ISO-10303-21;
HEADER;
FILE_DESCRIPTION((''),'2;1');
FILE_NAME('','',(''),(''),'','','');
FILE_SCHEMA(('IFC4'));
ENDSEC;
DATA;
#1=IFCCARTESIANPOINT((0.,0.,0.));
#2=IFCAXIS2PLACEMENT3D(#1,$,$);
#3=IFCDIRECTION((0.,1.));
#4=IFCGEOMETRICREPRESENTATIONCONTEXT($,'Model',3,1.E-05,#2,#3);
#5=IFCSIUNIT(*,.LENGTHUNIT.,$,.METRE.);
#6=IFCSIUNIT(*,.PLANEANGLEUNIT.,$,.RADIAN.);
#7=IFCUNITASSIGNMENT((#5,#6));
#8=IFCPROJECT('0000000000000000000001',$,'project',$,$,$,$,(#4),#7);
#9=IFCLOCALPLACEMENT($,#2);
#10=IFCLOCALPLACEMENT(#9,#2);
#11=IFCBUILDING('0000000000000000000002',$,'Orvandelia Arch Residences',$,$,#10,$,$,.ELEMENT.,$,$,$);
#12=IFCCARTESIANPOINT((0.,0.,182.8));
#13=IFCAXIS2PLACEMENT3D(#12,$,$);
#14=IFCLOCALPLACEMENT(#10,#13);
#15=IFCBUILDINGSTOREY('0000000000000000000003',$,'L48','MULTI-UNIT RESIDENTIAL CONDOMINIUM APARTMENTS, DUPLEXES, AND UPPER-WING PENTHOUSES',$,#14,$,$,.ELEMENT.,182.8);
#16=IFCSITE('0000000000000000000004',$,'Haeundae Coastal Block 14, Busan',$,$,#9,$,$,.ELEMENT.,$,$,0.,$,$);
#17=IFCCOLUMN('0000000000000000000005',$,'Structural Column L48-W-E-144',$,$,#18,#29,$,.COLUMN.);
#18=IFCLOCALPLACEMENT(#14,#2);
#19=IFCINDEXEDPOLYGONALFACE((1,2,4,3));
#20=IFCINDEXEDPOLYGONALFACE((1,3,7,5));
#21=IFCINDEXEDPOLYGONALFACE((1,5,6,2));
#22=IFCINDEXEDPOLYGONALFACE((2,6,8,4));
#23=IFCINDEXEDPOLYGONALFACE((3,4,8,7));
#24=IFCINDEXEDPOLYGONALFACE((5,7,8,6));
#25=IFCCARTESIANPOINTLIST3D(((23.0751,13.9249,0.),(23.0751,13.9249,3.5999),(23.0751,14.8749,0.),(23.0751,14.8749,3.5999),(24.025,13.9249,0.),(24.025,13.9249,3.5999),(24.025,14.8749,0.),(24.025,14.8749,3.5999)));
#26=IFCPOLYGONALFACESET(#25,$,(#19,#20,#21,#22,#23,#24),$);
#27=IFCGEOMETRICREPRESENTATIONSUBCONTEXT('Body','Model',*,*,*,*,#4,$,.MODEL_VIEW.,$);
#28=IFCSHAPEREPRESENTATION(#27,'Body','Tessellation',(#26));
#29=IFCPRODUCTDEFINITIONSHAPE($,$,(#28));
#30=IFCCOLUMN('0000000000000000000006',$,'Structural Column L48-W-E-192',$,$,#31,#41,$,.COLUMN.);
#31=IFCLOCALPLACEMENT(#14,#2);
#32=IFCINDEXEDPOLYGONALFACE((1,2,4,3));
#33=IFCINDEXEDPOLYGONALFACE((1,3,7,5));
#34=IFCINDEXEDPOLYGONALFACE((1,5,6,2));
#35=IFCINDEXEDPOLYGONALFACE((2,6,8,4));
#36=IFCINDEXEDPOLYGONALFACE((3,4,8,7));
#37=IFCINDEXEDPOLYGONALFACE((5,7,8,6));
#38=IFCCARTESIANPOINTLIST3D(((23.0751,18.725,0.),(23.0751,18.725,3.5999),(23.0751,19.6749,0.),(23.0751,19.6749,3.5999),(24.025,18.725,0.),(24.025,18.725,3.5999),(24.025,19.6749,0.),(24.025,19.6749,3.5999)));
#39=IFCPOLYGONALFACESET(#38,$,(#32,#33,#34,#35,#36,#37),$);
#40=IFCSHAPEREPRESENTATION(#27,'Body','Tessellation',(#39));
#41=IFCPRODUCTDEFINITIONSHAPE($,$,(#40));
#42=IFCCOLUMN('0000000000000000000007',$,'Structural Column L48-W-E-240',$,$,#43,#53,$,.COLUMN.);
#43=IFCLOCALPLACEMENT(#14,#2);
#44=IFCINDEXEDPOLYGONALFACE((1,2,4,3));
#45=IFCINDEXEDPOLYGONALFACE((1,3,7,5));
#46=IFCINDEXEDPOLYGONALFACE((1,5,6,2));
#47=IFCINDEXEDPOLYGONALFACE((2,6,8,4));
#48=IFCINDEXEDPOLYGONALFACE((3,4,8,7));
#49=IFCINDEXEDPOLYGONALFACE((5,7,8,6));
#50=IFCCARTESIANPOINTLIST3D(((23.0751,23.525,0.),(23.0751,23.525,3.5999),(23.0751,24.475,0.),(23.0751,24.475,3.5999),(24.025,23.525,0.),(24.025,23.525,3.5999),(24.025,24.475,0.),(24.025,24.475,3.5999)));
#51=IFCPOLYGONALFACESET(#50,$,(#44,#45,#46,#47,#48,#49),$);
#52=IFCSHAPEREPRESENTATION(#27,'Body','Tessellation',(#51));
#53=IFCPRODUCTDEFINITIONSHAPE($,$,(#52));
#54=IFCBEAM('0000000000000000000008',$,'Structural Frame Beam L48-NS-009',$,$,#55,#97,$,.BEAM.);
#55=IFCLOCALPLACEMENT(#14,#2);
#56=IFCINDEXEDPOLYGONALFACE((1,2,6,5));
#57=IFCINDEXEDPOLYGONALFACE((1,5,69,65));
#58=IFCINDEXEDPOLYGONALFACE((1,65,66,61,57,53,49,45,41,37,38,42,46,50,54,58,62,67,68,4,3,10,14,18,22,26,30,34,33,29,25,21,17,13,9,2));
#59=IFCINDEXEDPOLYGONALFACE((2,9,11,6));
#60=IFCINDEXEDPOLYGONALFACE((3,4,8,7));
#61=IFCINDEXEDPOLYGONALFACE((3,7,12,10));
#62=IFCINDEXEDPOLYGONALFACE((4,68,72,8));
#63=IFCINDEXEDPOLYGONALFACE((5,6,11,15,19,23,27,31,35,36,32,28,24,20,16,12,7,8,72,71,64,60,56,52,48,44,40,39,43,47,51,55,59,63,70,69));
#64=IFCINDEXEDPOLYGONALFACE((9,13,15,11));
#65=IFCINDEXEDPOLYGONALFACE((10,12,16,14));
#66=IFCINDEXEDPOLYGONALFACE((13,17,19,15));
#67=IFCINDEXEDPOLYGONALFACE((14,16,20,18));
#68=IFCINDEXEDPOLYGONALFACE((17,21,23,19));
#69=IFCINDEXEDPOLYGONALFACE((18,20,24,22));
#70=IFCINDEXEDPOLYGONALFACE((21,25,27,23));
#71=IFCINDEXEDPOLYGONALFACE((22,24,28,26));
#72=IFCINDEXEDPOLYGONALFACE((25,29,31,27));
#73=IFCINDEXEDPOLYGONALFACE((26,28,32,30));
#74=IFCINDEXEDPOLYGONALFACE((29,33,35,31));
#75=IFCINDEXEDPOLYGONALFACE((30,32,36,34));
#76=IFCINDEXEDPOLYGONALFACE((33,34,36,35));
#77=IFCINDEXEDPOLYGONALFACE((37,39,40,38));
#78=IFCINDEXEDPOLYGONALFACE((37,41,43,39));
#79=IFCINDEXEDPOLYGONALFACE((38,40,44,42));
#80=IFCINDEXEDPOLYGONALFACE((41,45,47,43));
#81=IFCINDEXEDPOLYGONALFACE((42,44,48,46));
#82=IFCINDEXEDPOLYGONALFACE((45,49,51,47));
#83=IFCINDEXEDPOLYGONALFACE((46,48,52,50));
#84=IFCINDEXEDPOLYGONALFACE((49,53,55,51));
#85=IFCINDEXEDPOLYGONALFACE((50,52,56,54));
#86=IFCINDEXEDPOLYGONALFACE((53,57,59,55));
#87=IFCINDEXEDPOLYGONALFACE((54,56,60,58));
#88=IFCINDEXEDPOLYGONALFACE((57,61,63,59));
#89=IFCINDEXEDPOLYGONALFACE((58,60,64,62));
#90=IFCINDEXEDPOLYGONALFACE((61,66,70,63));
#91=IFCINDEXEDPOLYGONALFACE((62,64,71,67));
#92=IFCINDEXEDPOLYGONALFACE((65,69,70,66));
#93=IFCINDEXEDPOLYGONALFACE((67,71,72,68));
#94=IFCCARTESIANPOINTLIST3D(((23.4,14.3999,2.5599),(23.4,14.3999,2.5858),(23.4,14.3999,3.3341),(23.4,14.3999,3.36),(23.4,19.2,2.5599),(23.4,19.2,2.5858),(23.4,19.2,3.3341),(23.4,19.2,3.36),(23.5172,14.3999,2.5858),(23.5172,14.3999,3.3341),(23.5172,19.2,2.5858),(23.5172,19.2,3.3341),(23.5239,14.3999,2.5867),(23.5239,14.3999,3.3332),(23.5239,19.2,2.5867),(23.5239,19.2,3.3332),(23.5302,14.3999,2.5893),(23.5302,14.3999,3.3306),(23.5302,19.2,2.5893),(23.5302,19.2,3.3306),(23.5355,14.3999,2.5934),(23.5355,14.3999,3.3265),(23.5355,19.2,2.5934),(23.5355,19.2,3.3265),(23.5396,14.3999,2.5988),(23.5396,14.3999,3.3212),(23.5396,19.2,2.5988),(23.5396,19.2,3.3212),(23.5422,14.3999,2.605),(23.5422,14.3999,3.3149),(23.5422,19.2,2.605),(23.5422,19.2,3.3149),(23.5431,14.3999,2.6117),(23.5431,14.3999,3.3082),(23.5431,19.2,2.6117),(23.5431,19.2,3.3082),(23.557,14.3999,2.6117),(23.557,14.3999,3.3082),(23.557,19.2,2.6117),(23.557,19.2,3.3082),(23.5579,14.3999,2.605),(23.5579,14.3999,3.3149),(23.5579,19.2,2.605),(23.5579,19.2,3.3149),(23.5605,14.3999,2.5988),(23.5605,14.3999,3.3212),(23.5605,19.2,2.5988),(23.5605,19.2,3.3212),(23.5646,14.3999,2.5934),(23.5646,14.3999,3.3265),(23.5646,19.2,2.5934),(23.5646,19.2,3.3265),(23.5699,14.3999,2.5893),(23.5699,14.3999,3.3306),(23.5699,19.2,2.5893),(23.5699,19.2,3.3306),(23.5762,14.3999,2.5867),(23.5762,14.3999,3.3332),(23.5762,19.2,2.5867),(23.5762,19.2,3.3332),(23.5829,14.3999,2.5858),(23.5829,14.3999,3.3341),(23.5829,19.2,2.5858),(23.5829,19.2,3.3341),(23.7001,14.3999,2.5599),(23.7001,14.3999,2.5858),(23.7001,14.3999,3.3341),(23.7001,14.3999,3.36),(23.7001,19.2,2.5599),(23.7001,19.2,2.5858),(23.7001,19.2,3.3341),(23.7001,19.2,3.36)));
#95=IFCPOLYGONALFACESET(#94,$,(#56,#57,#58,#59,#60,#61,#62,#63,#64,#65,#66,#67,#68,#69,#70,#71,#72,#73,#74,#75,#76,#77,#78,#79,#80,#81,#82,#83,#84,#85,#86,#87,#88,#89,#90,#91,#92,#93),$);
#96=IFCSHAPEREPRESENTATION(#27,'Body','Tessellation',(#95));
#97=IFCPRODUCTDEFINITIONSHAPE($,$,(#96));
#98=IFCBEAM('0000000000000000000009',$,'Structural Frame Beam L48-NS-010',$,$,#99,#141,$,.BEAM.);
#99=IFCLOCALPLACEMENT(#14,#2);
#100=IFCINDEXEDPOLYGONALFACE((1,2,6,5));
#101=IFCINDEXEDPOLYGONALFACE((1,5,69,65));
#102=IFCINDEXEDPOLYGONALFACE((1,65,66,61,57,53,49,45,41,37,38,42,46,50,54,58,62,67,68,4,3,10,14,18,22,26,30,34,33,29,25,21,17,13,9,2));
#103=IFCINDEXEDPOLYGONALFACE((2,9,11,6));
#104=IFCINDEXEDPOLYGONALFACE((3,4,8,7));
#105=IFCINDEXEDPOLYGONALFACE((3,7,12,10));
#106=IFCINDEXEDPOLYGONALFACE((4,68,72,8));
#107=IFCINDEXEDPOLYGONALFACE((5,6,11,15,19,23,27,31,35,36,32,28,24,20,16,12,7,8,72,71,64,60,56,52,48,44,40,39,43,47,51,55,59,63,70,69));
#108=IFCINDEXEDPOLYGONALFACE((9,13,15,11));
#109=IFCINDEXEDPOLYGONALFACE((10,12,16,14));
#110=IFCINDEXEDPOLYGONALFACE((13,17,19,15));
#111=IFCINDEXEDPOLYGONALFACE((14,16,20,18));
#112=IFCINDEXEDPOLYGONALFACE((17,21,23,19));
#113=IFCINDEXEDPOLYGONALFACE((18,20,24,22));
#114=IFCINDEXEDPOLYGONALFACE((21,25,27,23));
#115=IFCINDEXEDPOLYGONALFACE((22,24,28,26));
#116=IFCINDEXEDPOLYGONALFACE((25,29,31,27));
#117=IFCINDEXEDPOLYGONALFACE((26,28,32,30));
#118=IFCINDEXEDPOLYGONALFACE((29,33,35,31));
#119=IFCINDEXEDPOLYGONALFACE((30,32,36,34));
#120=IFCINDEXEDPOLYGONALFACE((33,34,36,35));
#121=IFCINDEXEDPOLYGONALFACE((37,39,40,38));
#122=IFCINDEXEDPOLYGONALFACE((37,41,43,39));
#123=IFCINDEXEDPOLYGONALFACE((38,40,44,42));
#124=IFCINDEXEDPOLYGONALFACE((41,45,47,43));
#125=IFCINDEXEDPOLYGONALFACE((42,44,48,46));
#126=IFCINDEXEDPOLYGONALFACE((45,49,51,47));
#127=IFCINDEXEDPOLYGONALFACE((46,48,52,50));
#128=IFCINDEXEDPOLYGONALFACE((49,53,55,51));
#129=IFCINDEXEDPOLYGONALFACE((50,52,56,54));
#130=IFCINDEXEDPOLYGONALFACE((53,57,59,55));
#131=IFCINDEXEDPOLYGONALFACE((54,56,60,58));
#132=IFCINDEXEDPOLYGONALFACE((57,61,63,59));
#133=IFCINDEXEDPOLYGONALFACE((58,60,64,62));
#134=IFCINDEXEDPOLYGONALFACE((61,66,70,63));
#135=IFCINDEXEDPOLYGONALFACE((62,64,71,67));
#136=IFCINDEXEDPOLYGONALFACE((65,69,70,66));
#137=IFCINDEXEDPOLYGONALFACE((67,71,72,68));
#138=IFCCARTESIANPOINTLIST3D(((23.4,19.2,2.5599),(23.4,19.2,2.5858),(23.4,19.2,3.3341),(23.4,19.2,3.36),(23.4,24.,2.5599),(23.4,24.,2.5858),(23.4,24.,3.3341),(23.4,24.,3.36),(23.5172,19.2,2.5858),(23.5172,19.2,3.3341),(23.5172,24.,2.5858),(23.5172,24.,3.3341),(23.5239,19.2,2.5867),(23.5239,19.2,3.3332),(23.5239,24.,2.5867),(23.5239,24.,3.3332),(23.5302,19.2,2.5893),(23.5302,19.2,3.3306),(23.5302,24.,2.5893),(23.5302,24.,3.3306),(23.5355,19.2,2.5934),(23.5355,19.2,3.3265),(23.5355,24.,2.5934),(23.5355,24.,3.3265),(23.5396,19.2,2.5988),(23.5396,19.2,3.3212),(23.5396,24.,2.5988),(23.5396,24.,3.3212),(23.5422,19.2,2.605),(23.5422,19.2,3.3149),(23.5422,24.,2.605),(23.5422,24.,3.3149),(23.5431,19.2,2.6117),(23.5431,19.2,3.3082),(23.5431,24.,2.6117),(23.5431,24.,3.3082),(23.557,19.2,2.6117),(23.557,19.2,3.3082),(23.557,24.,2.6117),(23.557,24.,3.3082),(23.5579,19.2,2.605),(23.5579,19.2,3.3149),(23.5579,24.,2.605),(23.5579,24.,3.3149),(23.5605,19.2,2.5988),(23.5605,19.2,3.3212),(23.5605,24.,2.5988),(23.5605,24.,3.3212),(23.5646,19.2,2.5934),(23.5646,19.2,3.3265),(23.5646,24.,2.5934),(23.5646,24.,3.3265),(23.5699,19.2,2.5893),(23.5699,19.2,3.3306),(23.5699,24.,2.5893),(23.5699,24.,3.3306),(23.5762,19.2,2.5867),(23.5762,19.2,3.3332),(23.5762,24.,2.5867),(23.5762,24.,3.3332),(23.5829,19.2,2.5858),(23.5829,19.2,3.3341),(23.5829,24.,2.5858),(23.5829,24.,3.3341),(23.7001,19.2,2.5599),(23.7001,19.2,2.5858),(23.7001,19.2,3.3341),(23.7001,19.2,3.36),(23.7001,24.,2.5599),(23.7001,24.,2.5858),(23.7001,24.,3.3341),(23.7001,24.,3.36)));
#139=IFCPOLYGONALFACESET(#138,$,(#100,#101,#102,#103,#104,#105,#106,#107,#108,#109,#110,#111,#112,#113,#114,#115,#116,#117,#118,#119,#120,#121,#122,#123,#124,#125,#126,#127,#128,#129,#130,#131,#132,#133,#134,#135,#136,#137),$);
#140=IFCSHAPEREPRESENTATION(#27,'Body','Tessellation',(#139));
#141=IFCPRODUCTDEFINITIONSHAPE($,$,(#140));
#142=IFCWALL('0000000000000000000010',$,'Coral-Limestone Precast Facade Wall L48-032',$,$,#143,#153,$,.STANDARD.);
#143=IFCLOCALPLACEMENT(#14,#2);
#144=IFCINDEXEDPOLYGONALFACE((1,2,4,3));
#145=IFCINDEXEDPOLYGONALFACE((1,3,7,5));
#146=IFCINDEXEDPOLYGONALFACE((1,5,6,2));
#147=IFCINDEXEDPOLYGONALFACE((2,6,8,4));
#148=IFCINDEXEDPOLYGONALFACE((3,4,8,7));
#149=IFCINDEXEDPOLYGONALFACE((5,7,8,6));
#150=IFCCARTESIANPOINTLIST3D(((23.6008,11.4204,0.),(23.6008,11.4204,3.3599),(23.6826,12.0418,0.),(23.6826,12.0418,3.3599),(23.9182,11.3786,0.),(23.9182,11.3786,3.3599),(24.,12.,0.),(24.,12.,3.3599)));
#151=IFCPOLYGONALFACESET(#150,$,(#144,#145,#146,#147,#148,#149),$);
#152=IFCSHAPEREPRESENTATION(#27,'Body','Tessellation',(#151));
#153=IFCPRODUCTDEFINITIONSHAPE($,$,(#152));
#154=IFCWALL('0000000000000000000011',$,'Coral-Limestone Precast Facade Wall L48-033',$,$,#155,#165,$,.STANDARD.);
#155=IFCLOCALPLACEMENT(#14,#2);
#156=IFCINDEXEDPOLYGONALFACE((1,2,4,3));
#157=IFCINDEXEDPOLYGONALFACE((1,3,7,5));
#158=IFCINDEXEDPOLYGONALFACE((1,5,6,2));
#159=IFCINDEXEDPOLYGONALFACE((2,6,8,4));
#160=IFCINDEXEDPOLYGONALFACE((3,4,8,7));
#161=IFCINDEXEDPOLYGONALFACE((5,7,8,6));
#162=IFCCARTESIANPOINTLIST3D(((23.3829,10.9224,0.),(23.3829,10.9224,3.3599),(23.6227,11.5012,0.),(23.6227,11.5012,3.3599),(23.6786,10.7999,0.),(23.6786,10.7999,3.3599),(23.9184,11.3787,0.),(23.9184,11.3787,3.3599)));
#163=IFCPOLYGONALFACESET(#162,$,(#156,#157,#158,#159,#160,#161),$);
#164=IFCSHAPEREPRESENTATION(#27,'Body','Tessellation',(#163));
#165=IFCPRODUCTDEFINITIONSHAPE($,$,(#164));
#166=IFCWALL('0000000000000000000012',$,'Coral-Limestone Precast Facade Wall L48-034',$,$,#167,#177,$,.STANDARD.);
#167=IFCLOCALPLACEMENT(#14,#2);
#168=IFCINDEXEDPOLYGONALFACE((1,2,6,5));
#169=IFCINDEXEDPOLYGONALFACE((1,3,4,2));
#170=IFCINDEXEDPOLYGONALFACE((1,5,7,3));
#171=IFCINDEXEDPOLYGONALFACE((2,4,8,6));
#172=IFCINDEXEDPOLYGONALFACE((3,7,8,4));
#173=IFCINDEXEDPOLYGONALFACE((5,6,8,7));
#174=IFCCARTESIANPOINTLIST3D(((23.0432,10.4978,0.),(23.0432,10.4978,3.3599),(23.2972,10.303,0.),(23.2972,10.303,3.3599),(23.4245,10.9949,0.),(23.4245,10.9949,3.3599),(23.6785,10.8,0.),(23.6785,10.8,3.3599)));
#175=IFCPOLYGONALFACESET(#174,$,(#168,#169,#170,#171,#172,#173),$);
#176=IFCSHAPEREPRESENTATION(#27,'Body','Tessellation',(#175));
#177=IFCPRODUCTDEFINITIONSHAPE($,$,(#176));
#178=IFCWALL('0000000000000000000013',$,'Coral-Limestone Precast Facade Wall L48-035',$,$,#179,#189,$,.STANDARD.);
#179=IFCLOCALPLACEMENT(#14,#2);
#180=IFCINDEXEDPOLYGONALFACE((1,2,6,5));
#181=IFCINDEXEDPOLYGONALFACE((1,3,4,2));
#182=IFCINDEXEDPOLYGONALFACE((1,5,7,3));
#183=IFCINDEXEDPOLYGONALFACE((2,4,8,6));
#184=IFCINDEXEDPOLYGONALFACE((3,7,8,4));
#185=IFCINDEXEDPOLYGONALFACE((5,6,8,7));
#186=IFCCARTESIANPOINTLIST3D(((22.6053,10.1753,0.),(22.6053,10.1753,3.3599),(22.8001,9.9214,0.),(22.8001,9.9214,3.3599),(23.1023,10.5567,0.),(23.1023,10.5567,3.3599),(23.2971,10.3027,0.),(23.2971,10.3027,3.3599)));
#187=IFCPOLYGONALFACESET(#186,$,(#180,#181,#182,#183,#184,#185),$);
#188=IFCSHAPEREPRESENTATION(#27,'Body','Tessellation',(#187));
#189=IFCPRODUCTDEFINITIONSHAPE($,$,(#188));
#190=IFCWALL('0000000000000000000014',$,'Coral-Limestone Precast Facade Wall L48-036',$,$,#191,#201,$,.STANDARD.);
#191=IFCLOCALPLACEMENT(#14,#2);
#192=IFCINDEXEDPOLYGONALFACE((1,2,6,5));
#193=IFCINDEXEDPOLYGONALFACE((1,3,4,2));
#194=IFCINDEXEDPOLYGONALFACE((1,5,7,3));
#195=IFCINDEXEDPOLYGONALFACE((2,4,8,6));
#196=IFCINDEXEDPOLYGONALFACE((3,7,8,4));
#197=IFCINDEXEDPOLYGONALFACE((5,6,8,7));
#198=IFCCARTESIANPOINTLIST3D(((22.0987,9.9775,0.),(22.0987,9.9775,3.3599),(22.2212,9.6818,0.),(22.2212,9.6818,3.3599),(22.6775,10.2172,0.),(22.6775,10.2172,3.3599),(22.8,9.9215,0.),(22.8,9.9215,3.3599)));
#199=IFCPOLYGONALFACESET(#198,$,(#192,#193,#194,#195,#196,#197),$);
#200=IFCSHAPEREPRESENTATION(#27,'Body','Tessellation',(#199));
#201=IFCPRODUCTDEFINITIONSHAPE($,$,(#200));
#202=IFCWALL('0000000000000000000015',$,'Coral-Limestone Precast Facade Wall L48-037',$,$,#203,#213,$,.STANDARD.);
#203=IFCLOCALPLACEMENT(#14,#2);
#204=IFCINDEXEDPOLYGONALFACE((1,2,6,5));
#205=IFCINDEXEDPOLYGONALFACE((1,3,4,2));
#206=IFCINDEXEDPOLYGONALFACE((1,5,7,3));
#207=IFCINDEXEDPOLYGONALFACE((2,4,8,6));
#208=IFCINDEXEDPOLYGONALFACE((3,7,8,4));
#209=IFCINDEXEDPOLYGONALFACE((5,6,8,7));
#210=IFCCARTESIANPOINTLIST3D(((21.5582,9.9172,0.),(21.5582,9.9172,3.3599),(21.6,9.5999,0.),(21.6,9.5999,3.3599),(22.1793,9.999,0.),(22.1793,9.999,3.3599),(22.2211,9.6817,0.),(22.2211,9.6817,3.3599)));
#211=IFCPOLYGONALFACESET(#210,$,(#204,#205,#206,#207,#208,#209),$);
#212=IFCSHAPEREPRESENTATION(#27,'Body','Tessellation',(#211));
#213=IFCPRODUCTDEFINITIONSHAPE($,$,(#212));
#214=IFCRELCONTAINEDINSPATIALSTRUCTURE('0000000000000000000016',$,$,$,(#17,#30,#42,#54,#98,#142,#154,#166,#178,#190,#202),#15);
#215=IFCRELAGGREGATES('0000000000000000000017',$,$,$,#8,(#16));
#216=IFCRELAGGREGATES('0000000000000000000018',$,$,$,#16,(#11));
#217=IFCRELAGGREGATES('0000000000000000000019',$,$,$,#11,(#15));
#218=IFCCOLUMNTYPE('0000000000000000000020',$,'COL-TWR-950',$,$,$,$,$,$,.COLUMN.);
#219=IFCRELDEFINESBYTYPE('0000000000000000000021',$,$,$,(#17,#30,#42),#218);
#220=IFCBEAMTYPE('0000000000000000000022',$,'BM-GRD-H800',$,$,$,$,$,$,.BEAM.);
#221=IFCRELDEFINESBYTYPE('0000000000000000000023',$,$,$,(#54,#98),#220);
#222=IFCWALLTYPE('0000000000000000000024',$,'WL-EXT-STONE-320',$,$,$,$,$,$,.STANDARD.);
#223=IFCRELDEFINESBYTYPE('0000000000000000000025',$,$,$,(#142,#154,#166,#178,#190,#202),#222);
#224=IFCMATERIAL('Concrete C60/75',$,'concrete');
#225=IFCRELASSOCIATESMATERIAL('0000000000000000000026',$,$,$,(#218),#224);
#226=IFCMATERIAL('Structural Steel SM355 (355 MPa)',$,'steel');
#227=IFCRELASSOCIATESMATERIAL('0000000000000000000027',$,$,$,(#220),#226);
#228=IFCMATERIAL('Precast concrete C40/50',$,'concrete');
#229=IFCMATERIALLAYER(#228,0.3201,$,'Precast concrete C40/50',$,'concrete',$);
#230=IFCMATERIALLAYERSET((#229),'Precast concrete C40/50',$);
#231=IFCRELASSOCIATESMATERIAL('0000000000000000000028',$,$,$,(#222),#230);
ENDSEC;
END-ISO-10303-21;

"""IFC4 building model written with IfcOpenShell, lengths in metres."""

from ifc_helpers import new_model, si_unit, direction, frame, frame_2d, origin, origin_2d, place, context, subcontext, project, spatial, rectangle, i_section, extrude, material, layer, layer_set, material_profile, profile_set, type_object, element, save


model = new_model("IFC4")

# Units and contexts
model_context = context("Model", 3, precision=1e-05, world=origin(), true_north=direction((0.0, 1.0)))
body_context = subcontext(model_context, "Body", "Model", "MODEL_VIEW")
ifc_project = project(units=[si_unit("LENGTHUNIT", "METRE"), si_unit("PLANEANGLEUNIT", "RADIAN")], contexts=[model_context])

# Site, building, storey
site_placement = place(None, origin())
site = spatial("IfcSite", under=ifc_project, at=site_placement, Name="Haeundae Coastal Block 14, Busan", CompositionType="ELEMENT", RefElevation=0.0)
building_placement = place(site_placement, origin())
building = spatial("IfcBuilding", under=site, at=building_placement, Name="Orvandelia Arch Residences", CompositionType="ELEMENT")
storey_placement = place(building_placement, frame((0.0, 0.0, 182.8)))
storey = spatial("IfcBuildingStorey", under=building, at=storey_placement, Name="L48", Description="MULTI-UNIT RESIDENTIAL CONDOMINIUM APARTMENTS, DUPLEXES, AND UPPER-WING PENTHOUSES", CompositionType="ELEMENT", Elevation=182.8)

# Columns
ifc_material_1 = material(Name="Concrete C60/75", Category="concrete")
ifc_material_profile_1 = material_profile(ifc_material_1, rectangle(XDim=0.95, YDim=0.95, at=origin_2d()), Name="Concrete C60/75", Category="concrete")
ifc_profile_set_1 = profile_set([ifc_material_profile_1], Name="Concrete C60/75")
column_type = type_object("IfcColumnType", Name="COL-TWR-950", PredefinedType="COLUMN", material=ifc_profile_set_1)
for number, where, z_axis, x_axis, name in (
    (1, (23.55, 14.3999, 0.0), (0.0, 0.0, 1.0), (1.0, 0.0, 0.0), "Structural Column L48-W-E-144"),
    (2, (23.55, 19.2, 0.0), (0.0, 0.0, 1.0), (1.0, 0.0, 0.0), "Structural Column L48-W-E-192"),
    (3, (23.55, 24.0, 0.0), (0.0, 0.0, 1.0), (1.0, 0.0, 0.0), "Structural Column L48-W-E-240"),
):
    element("IfcColumn", number, at=place(storey_placement, frame(where, z_axis=z_axis, x_axis=x_axis)), inside=storey, type_object=column_type, Name=name, PredefinedType="COLUMN", context=body_context, shape_type="SweptSolid", body=[
        extrude(rectangle(XDim=0.95, YDim=0.95, at=origin_2d()), origin(), (0.0, 0.0, 1.0), 3.5999),
    ])

# Beams
ifc_material_2 = material(Name="Structural Steel SM355 (355 MPa)", Category="steel")
ifc_material_profile_2 = material_profile(ifc_material_2, i_section(OverallWidth=0.3, OverallDepth=0.8, WebThickness=0.0139, FlangeThickness=0.0259, FilletRadius=0.0259, at=origin_2d()), Name="Structural Steel SM355 (355 MPa)", Category="steel")
ifc_profile_set_2 = profile_set([ifc_material_profile_2], Name="Structural Steel SM355 (355 MPa)")
beam_type = type_object("IfcBeamType", Name="BM-GRD-H800", PredefinedType="BEAM", material=ifc_profile_set_2)
for number, where, z_axis, x_axis, name in (
    (4, (23.55, 14.3999, 2.96), (0.0, 1.0, 0.0), (-1.0, 0.0, 0.0), "Structural Frame Beam L48-NS-009"),
    (5, (23.55, 19.2, 2.96), (0.0, 1.0, 0.0), (-1.0, 0.0, 0.0), "Structural Frame Beam L48-NS-010"),
):
    element("IfcBeam", number, at=place(storey_placement, frame(where, z_axis=z_axis, x_axis=x_axis)), inside=storey, type_object=beam_type, Name=name, PredefinedType="BEAM", context=body_context, shape_type="SweptSolid", body=[
        extrude(i_section(OverallWidth=0.3, OverallDepth=0.8, WebThickness=0.0139, FlangeThickness=0.0259, FilletRadius=0.0259, at=origin_2d()), origin(), (0.0, 0.0, 1.0), 4.8),
    ])

# Walls
ifc_material_3 = material(Name="Precast concrete C40/50", Category="concrete")
ifc_layer_1 = layer(ifc_material_3, 0.3201, Name="Precast concrete C40/50", Category="concrete")
ifc_layer_set_1 = layer_set([ifc_layer_1], Name="Precast concrete C40/50")
wall_type_1 = type_object("IfcWallType", Name="WL-EXT-STONE-320", PredefinedType="STANDARD", material=ifc_layer_set_1)
wall_1_placement = place(storey_placement, frame((23.8413, 12.021, 0.0), z_axis=(0.0, 0.0, 1.0), x_axis=(-0.130505, -0.991448, 0.0)))
element("IfcWall", 6, at=wall_1_placement, inside=storey, type_object=wall_type_1, Name="Coral-Limestone Precast Facade Wall L48-032", PredefinedType="STANDARD", context=body_context, shape_type="SweptSolid", body=[
    extrude(rectangle(XDim=0.6267, YDim=0.3201, at=frame_2d((0.3135, 0.0))), origin(), (0.0, 0.0, 1.0), 3.3599),
])
for number, where, z_axis, x_axis, name in (
    (7, (23.7705, 11.4399, 0.0), (0.0, 0.0, 1.0), (-0.38265, -0.923893, 0.0), "Coral-Limestone Precast Facade Wall L48-033"),
    (8, (23.5515, 10.8975, 0.0), (0.0, 0.0, 1.0), (-0.608693, -0.793406, 0.0), "Coral-Limestone Precast Facade Wall L48-034"),
    (9, (23.1997, 10.4297, 0.0), (0.0, 0.0, 1.0), (-0.793406, -0.608693, 0.0), "Coral-Limestone Precast Facade Wall L48-035"),
    (10, (22.7388, 10.0693, 0.0), (0.0, 0.0, 1.0), (-0.923893, -0.38265, 0.0), "Coral-Limestone Precast Facade Wall L48-036"),
    (11, (22.2002, 9.8403, 0.0), (0.0, 0.0, 1.0), (-0.991441, -0.130555, 0.0), "Coral-Limestone Precast Facade Wall L48-037"),
):
    element("IfcWall", number, at=place(storey_placement, frame(where, z_axis=z_axis, x_axis=x_axis)), inside=storey, type_object=wall_type_1, Name=name, PredefinedType="STANDARD", context=body_context, shape_type="SweptSolid", body=[
        extrude(rectangle(XDim=0.6265, YDim=0.3201, at=frame_2d((0.3132, 0.0))), origin(), (0.0, 0.0, 1.0), 3.3599),
    ])

save(model, "model.ifc")
